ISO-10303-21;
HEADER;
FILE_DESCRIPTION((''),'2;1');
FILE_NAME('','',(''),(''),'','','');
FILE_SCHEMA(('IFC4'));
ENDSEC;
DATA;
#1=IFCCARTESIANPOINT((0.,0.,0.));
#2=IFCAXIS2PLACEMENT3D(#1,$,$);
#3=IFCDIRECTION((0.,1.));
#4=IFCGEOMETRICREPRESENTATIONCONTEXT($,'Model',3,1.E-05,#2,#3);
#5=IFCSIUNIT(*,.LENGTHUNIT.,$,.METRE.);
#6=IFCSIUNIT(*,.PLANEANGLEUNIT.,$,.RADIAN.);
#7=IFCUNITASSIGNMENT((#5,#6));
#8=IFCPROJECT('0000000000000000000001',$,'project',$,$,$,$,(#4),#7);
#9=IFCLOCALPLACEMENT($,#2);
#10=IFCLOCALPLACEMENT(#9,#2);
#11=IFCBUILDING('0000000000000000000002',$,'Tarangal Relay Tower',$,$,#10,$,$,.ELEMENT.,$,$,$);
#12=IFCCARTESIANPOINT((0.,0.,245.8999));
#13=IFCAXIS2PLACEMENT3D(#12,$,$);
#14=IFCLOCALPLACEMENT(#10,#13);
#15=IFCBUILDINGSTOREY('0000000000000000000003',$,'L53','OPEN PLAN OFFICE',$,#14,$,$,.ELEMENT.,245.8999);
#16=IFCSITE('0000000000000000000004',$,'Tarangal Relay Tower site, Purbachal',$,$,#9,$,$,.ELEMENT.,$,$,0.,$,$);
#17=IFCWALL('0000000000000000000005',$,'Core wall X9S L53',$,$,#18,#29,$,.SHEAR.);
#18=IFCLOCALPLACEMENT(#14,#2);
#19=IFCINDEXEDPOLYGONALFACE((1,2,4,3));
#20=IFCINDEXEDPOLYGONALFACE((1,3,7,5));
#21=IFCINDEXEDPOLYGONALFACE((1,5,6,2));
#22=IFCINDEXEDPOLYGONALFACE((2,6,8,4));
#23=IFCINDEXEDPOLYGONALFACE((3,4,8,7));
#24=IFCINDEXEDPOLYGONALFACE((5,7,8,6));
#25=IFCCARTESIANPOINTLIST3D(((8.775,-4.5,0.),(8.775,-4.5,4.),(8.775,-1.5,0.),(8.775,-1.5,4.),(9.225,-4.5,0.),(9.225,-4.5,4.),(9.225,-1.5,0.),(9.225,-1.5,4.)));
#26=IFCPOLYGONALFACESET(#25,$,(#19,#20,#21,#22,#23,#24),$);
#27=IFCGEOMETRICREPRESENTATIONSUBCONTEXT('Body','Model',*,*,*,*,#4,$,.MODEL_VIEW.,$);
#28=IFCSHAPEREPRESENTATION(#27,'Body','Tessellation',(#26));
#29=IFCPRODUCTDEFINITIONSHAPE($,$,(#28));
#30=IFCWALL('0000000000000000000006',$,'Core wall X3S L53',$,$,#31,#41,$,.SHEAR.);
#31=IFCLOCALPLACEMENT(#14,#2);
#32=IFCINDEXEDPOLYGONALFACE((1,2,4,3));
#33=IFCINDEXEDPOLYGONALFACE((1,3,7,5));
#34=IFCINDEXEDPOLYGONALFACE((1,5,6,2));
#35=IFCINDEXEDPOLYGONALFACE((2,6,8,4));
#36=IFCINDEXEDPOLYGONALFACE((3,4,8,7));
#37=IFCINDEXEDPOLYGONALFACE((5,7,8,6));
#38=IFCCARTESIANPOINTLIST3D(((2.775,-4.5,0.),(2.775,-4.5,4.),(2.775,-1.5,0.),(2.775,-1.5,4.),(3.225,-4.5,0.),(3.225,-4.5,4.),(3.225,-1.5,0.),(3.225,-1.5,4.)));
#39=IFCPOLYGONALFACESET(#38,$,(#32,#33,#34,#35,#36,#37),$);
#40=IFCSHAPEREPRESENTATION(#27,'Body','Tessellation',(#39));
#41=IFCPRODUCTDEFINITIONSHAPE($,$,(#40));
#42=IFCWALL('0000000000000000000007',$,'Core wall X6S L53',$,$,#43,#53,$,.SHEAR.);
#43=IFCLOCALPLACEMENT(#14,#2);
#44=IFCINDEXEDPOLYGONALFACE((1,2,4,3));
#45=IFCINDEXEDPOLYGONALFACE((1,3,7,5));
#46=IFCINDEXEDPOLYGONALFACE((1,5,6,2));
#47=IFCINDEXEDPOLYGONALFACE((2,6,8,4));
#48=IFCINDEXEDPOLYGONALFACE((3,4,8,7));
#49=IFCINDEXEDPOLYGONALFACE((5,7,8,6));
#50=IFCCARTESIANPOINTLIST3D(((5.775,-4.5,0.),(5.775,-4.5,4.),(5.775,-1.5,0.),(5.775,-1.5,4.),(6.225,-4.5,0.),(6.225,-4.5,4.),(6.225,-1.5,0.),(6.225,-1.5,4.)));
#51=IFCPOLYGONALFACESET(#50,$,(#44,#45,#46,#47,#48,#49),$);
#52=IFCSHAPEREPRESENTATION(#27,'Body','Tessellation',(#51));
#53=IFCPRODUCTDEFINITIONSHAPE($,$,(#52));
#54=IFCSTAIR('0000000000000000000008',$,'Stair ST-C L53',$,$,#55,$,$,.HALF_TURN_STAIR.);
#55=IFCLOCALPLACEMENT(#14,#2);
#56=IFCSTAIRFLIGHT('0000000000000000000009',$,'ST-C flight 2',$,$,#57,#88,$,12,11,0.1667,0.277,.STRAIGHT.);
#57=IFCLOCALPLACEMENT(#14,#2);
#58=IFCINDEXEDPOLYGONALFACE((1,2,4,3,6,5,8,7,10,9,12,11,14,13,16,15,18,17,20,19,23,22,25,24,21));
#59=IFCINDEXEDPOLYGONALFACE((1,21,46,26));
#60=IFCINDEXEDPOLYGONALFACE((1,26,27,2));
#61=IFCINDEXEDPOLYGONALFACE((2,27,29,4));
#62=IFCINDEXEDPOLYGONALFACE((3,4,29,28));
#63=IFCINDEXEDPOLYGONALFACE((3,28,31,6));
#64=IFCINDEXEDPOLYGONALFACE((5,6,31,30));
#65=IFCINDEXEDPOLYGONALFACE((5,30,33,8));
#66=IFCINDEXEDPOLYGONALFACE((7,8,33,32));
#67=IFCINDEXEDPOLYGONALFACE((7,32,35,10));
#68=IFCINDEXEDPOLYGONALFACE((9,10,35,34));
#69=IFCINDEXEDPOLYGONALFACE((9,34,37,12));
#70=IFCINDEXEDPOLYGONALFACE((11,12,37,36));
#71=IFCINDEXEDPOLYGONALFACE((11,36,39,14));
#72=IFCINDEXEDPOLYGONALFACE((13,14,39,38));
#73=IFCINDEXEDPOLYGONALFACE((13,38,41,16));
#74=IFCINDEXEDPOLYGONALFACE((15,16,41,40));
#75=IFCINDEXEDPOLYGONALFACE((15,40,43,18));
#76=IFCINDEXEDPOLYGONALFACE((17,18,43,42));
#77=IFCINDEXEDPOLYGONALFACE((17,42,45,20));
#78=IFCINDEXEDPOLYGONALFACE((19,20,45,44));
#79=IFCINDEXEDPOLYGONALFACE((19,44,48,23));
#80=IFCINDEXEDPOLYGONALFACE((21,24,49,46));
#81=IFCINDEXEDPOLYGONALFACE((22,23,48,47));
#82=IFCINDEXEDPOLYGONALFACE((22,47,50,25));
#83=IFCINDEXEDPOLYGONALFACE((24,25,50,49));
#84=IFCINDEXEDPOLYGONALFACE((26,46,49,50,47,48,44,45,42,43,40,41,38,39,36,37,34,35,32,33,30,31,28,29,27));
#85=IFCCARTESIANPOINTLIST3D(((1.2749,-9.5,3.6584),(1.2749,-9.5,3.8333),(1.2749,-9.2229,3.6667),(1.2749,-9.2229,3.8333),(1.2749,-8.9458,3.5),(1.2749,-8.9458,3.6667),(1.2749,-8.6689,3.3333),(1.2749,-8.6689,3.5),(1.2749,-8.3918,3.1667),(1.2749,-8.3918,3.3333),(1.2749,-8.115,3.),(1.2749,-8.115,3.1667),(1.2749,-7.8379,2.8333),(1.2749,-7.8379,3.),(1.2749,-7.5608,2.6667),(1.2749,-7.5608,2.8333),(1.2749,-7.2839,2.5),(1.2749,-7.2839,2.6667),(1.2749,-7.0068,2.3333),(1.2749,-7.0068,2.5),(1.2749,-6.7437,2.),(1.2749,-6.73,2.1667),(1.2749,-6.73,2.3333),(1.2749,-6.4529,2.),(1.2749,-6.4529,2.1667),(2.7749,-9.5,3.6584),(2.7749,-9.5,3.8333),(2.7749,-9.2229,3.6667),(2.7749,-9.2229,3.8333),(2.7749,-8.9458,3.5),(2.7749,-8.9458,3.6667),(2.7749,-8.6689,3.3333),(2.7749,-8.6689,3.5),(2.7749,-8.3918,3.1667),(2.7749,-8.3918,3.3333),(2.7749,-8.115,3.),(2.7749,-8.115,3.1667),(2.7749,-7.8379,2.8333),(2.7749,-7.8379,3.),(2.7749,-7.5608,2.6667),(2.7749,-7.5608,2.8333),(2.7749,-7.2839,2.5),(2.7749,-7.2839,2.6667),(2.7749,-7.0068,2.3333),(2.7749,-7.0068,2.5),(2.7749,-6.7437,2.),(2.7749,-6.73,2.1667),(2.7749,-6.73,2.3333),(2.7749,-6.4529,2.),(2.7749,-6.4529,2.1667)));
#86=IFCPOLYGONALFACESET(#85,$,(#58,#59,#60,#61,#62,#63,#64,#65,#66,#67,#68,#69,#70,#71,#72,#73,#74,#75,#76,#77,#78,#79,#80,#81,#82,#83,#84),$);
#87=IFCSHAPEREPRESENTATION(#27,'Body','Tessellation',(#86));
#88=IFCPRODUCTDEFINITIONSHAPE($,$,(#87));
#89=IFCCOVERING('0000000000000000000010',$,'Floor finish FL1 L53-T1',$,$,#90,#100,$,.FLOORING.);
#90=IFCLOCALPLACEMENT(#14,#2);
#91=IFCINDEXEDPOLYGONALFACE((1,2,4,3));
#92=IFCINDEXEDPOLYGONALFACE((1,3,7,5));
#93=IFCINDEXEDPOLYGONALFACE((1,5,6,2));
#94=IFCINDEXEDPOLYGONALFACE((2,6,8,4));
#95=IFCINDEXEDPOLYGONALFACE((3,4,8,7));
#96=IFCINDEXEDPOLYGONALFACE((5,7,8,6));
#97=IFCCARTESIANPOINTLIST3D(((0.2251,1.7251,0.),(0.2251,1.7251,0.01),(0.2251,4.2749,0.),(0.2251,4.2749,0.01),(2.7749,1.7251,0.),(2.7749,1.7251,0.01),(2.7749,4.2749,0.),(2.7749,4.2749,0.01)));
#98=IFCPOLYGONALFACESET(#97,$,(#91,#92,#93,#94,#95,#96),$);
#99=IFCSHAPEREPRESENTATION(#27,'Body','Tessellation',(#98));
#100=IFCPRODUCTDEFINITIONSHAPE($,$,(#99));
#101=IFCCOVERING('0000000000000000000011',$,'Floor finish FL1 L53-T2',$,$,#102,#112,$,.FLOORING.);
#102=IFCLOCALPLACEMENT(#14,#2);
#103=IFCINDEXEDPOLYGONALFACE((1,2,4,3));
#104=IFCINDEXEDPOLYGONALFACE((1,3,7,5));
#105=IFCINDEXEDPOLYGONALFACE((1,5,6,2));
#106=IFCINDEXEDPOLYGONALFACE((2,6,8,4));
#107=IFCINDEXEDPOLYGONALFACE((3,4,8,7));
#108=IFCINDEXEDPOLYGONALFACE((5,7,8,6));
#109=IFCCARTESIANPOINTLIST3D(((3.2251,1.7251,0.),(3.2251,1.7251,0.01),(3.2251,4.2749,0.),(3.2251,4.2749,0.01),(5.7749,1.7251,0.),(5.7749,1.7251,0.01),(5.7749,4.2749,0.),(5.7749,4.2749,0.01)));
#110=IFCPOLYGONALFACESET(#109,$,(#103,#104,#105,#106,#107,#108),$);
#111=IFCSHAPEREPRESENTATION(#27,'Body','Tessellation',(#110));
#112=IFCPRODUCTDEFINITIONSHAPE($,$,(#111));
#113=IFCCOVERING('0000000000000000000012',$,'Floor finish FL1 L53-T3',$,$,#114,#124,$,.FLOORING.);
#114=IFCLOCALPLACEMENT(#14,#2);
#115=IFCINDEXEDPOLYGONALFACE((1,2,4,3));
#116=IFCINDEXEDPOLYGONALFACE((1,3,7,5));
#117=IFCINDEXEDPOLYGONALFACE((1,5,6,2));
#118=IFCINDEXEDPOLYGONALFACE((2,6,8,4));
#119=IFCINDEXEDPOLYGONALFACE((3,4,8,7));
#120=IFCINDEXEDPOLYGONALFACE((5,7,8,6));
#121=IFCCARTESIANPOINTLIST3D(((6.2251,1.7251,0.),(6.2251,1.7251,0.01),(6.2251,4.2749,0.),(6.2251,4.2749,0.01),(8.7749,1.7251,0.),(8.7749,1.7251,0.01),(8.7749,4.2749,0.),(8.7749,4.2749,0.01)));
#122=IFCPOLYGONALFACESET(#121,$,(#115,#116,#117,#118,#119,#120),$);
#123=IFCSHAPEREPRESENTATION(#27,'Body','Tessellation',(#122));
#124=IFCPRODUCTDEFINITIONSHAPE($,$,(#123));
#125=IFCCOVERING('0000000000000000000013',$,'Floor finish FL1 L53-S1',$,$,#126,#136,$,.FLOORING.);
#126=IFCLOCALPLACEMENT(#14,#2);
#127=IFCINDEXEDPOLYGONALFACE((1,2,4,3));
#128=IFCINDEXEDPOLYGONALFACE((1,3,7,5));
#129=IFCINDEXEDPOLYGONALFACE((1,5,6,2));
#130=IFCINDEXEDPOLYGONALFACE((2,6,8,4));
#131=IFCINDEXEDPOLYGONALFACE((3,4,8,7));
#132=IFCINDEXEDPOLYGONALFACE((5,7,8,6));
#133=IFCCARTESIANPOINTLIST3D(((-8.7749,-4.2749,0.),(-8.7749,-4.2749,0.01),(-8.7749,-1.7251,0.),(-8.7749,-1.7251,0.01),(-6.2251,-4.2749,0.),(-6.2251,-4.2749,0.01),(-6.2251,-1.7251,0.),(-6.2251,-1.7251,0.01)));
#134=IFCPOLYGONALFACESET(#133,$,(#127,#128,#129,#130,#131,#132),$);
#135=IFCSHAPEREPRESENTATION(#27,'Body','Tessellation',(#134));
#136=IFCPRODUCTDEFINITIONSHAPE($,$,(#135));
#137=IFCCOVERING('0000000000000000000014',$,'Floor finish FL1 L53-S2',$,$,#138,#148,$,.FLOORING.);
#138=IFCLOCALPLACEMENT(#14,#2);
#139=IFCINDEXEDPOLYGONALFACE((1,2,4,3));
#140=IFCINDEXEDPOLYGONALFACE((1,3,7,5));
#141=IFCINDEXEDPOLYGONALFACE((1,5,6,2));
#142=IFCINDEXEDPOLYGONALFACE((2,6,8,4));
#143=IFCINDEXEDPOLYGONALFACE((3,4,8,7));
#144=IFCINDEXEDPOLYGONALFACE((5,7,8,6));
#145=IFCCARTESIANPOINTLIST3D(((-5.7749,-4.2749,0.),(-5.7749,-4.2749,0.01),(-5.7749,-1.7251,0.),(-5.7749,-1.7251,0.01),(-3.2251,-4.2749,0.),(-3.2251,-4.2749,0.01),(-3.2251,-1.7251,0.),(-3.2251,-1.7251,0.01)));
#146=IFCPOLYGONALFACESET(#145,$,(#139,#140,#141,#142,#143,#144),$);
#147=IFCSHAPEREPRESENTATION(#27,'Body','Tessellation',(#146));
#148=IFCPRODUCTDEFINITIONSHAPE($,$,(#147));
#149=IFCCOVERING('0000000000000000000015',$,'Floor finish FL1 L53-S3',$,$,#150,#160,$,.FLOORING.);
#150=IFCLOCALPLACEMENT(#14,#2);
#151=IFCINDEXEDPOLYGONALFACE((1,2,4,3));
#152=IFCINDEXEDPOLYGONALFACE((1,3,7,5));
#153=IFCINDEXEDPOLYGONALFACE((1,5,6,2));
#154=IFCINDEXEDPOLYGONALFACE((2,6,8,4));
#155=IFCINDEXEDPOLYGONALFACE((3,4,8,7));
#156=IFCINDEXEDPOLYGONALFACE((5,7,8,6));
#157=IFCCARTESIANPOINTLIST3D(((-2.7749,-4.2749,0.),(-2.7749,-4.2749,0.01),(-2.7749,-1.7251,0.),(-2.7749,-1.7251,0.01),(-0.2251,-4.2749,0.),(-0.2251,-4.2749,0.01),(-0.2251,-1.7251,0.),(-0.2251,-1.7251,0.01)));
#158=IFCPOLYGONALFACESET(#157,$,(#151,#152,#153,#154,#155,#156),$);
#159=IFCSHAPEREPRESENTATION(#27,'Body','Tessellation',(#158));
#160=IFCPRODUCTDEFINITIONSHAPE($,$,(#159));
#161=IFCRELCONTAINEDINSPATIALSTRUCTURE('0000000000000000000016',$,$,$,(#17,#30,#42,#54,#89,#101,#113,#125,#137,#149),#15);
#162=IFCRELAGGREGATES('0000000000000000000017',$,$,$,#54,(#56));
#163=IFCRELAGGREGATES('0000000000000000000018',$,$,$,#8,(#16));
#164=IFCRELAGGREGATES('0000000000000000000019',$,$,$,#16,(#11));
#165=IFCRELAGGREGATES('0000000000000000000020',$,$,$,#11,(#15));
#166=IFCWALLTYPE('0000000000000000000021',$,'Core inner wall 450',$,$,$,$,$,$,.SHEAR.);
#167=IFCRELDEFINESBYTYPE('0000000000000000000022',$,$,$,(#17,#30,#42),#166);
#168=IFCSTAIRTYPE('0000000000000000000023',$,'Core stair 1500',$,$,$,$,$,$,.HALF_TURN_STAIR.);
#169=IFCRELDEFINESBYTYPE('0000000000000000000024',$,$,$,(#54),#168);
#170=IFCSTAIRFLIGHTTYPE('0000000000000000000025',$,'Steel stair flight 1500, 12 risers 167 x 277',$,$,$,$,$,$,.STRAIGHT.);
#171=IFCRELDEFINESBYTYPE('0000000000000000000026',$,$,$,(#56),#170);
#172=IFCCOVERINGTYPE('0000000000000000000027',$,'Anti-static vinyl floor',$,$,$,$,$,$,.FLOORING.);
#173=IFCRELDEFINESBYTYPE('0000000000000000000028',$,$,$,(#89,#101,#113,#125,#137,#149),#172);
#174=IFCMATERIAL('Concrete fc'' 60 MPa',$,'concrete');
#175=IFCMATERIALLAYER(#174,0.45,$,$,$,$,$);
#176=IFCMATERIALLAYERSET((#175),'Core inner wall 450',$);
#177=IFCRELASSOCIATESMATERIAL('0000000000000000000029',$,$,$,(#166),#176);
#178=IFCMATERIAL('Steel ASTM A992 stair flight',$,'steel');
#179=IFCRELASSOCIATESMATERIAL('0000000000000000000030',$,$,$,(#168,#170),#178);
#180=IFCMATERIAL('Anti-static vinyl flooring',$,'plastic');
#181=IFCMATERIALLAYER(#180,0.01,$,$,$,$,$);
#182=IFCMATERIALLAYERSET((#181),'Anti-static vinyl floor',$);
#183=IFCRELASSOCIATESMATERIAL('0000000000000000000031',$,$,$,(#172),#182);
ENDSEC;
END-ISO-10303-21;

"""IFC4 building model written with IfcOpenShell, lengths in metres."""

from ifc_helpers import new_model, si_unit, direction, frame, frame_2d, origin, place, context, subcontext, project, spatial, polyline, rectangle, outline, extrude, material, layer, layer_set, type_object, element, aggregate, save


model = new_model("IFC4")

# Units and contexts
model_context = context("Model", 3, precision=1e-05, world=origin(), true_north=direction((0.0, 1.0)))
body_context = subcontext(model_context, "Body", "Model", "MODEL_VIEW")
ifc_project = project(units=[si_unit("LENGTHUNIT", "METRE"), si_unit("PLANEANGLEUNIT", "RADIAN")], contexts=[model_context])

# Site, building, storey
site_placement = place(None, origin())
site = spatial("IfcSite", under=ifc_project, at=site_placement, Name="Tarangal Relay Tower site, Purbachal", CompositionType="ELEMENT", RefElevation=0.0)
building_placement = place(site_placement, origin())
building = spatial("IfcBuilding", under=site, at=building_placement, Name="Tarangal Relay Tower", CompositionType="ELEMENT")
storey_placement = place(building_placement, frame((0.0, 0.0, 245.8999)))
storey = spatial("IfcBuildingStorey", under=building, at=storey_placement, Name="L53", Description="OPEN PLAN OFFICE", CompositionType="ELEMENT", Elevation=245.8999)

# Walls
ifc_material_1 = material(Name="Concrete fc' 60 MPa", Category="concrete")
ifc_layer_1 = layer(ifc_material_1, 0.45)
ifc_layer_set_1 = layer_set([ifc_layer_1], Name="Core inner wall 450")
wall_type = type_object("IfcWallType", Name="Core inner wall 450", PredefinedType="SHEAR", material=ifc_layer_set_1)
for number, where, z_axis, x_axis, name in (
    (1, (9.0, -4.5, 0.0), (0.0, 0.0, 1.0), (0.0, 1.0, 0.0), "Core wall X9S L53"),
    (2, (3.0, -4.5, 0.0), (0.0, 0.0, 1.0), (0.0, 1.0, 0.0), "Core wall X3S L53"),
    (3, (6.0, -4.5, 0.0), (0.0, 0.0, 1.0), (0.0, 1.0, 0.0), "Core wall X6S L53"),
):
    element("IfcWall", number, at=place(storey_placement, frame(where, z_axis=z_axis, x_axis=x_axis)), inside=storey, type_object=wall_type, Name=name, PredefinedType="SHEAR", context=body_context, shape_type="SweptSolid", body=[
        extrude(rectangle(XDim=3.0, YDim=0.45, at=frame_2d((1.5, 0.0))), origin(), (0.0, 0.0, 1.0), 4.0),
    ])

# Stair, stair flight
ifc_material_2 = material(Name="Steel ASTM A992 stair flight", Category="steel")
stair_type = type_object("IfcStairType", Name="Core stair 1500", PredefinedType="HALF_TURN_STAIR", material=ifc_material_2)
stair_placement = place(storey_placement, origin())
stair = element("IfcStair", 4, at=stair_placement, inside=storey, type_object=stair_type, Name="Stair ST-C L53", PredefinedType="HALF_TURN_STAIR")
stair_flight_type = type_object("IfcStairFlightType", Name="Steel stair flight 1500, 12 risers 167 x 277", PredefinedType="STRAIGHT", material=ifc_material_2)
stair_flight_placement = place(storey_placement, frame((2.0249, -6.4529, 2.0), z_axis=(0.0, 0.0, 1.0), x_axis=(0.0, -1.0, 0.0)))
stair_flight = element("IfcStairFlight", 5, at=stair_flight_placement, type_object=stair_flight_type, Name="ST-C flight 2", NumberOfRisers=12, NumberOfTreads=11, PredefinedType="STRAIGHT", RiserHeight=0.1667, TreadLength=0.277, context=body_context, shape_type="SweptSolid", body=[
    extrude(outline(polyline([(0.0, 0.0), (0.0, 0.1667), (0.2771, 0.1667), (0.2771, 0.3333), (0.554, 0.3333), (0.554, 0.5), (0.8311, 0.5), (0.8311, 0.6667), (1.1079, 0.6667), (1.1079, 0.8333), (1.385, 0.8333), (1.385, 1.0), (1.6621, 1.0), (1.6621, 1.1667), (1.939, 1.1667), (1.939, 1.3333), (2.2161, 1.3333), (2.2161, 1.5), (2.4929, 1.5), (2.4929, 1.6667), (2.77, 1.6667), (2.77, 1.8333), (3.0471, 1.8333), (3.0471, 2.0), (3.0471, 1.6584), (0.2908, 0.0), (0.0, 0.0)])), frame((0.0, 0.75, 0.0), z_axis=(0.0, -1.0, 0.0), x_axis=(1.0, 0.0, 0.0)), (0.0, 0.0, 1.0), 1.5),
])
aggregate(stair, [stair_flight])

# Coverings
ifc_material_3 = material(Name="Anti-static vinyl flooring", Category="plastic")
ifc_layer_2 = layer(ifc_material_3, 0.01)
ifc_layer_set_2 = layer_set([ifc_layer_2], Name="Anti-static vinyl floor")
covering_type_1 = type_object("IfcCoveringType", Name="Anti-static vinyl floor", PredefinedType="FLOORING", material=ifc_layer_set_2)
covering_1_placement = place(storey_placement, origin())
element("IfcCovering", 6, at=covering_1_placement, inside=storey, type_object=covering_type_1, Name="Floor finish FL1 L53-T1", PredefinedType="FLOORING", context=body_context, shape_type="SweptSolid", body=[
    extrude(outline(polyline([(0.2251, 1.7251), (2.7749, 1.7251), (2.7749, 4.2749), (0.2251, 4.2749), (0.2251, 1.7251)])), origin(), (0.0, 0.0, 1.0), 0.01),
])
covering_2_placement = place(storey_placement, origin())
element("IfcCovering", 7, at=covering_2_placement, inside=storey, type_object=covering_type_1, Name="Floor finish FL1 L53-T2", PredefinedType="FLOORING", context=body_context, shape_type="SweptSolid", body=[
    extrude(outline(polyline([(3.2251, 1.7251), (5.7749, 1.7251), (5.7749, 4.2749), (3.2251, 4.2749), (3.2251, 1.7251)])), origin(), (0.0, 0.0, 1.0), 0.01),
])
covering_3_placement = place(storey_placement, origin())
element("IfcCovering", 8, at=covering_3_placement, inside=storey, type_object=covering_type_1, Name="Floor finish FL1 L53-T3", PredefinedType="FLOORING", context=body_context, shape_type="SweptSolid", body=[
    extrude(outline(polyline([(6.2251, 1.7251), (8.7749, 1.7251), (8.7749, 4.2749), (6.2251, 4.2749), (6.2251, 1.7251)])), origin(), (0.0, 0.0, 1.0), 0.01),
])
covering_4_placement = place(storey_placement, origin())
element("IfcCovering", 9, at=covering_4_placement, inside=storey, type_object=covering_type_1, Name="Floor finish FL1 L53-S1", PredefinedType="FLOORING", context=body_context, shape_type="SweptSolid", body=[
    extrude(outline(polyline([(-8.7749, -4.2749), (-6.2251, -4.2749), (-6.2251, -1.7251), (-8.7749, -1.7251), (-8.7749, -4.2749)])), origin(), (0.0, 0.0, 1.0), 0.01),
])
covering_5_placement = place(storey_placement, origin())
element("IfcCovering", 10, at=covering_5_placement, inside=storey, type_object=covering_type_1, Name="Floor finish FL1 L53-S2", PredefinedType="FLOORING", context=body_context, shape_type="SweptSolid", body=[
    extrude(outline(polyline([(-5.7749, -4.2749), (-3.2251, -4.2749), (-3.2251, -1.7251), (-5.7749, -1.7251), (-5.7749, -4.2749)])), origin(), (0.0, 0.0, 1.0), 0.01),
])
covering_6_placement = place(storey_placement, origin())
element("IfcCovering", 11, at=covering_6_placement, inside=storey, type_object=covering_type_1, Name="Floor finish FL1 L53-S3", PredefinedType="FLOORING", context=body_context, shape_type="SweptSolid", body=[
    extrude(outline(polyline([(-2.7749, -4.2749), (-0.2251, -4.2749), (-0.2251, -1.7251), (-2.7749, -1.7251), (-2.7749, -4.2749)])), origin(), (0.0, 0.0, 1.0), 0.01),
])

save(model, "model.ifc")
